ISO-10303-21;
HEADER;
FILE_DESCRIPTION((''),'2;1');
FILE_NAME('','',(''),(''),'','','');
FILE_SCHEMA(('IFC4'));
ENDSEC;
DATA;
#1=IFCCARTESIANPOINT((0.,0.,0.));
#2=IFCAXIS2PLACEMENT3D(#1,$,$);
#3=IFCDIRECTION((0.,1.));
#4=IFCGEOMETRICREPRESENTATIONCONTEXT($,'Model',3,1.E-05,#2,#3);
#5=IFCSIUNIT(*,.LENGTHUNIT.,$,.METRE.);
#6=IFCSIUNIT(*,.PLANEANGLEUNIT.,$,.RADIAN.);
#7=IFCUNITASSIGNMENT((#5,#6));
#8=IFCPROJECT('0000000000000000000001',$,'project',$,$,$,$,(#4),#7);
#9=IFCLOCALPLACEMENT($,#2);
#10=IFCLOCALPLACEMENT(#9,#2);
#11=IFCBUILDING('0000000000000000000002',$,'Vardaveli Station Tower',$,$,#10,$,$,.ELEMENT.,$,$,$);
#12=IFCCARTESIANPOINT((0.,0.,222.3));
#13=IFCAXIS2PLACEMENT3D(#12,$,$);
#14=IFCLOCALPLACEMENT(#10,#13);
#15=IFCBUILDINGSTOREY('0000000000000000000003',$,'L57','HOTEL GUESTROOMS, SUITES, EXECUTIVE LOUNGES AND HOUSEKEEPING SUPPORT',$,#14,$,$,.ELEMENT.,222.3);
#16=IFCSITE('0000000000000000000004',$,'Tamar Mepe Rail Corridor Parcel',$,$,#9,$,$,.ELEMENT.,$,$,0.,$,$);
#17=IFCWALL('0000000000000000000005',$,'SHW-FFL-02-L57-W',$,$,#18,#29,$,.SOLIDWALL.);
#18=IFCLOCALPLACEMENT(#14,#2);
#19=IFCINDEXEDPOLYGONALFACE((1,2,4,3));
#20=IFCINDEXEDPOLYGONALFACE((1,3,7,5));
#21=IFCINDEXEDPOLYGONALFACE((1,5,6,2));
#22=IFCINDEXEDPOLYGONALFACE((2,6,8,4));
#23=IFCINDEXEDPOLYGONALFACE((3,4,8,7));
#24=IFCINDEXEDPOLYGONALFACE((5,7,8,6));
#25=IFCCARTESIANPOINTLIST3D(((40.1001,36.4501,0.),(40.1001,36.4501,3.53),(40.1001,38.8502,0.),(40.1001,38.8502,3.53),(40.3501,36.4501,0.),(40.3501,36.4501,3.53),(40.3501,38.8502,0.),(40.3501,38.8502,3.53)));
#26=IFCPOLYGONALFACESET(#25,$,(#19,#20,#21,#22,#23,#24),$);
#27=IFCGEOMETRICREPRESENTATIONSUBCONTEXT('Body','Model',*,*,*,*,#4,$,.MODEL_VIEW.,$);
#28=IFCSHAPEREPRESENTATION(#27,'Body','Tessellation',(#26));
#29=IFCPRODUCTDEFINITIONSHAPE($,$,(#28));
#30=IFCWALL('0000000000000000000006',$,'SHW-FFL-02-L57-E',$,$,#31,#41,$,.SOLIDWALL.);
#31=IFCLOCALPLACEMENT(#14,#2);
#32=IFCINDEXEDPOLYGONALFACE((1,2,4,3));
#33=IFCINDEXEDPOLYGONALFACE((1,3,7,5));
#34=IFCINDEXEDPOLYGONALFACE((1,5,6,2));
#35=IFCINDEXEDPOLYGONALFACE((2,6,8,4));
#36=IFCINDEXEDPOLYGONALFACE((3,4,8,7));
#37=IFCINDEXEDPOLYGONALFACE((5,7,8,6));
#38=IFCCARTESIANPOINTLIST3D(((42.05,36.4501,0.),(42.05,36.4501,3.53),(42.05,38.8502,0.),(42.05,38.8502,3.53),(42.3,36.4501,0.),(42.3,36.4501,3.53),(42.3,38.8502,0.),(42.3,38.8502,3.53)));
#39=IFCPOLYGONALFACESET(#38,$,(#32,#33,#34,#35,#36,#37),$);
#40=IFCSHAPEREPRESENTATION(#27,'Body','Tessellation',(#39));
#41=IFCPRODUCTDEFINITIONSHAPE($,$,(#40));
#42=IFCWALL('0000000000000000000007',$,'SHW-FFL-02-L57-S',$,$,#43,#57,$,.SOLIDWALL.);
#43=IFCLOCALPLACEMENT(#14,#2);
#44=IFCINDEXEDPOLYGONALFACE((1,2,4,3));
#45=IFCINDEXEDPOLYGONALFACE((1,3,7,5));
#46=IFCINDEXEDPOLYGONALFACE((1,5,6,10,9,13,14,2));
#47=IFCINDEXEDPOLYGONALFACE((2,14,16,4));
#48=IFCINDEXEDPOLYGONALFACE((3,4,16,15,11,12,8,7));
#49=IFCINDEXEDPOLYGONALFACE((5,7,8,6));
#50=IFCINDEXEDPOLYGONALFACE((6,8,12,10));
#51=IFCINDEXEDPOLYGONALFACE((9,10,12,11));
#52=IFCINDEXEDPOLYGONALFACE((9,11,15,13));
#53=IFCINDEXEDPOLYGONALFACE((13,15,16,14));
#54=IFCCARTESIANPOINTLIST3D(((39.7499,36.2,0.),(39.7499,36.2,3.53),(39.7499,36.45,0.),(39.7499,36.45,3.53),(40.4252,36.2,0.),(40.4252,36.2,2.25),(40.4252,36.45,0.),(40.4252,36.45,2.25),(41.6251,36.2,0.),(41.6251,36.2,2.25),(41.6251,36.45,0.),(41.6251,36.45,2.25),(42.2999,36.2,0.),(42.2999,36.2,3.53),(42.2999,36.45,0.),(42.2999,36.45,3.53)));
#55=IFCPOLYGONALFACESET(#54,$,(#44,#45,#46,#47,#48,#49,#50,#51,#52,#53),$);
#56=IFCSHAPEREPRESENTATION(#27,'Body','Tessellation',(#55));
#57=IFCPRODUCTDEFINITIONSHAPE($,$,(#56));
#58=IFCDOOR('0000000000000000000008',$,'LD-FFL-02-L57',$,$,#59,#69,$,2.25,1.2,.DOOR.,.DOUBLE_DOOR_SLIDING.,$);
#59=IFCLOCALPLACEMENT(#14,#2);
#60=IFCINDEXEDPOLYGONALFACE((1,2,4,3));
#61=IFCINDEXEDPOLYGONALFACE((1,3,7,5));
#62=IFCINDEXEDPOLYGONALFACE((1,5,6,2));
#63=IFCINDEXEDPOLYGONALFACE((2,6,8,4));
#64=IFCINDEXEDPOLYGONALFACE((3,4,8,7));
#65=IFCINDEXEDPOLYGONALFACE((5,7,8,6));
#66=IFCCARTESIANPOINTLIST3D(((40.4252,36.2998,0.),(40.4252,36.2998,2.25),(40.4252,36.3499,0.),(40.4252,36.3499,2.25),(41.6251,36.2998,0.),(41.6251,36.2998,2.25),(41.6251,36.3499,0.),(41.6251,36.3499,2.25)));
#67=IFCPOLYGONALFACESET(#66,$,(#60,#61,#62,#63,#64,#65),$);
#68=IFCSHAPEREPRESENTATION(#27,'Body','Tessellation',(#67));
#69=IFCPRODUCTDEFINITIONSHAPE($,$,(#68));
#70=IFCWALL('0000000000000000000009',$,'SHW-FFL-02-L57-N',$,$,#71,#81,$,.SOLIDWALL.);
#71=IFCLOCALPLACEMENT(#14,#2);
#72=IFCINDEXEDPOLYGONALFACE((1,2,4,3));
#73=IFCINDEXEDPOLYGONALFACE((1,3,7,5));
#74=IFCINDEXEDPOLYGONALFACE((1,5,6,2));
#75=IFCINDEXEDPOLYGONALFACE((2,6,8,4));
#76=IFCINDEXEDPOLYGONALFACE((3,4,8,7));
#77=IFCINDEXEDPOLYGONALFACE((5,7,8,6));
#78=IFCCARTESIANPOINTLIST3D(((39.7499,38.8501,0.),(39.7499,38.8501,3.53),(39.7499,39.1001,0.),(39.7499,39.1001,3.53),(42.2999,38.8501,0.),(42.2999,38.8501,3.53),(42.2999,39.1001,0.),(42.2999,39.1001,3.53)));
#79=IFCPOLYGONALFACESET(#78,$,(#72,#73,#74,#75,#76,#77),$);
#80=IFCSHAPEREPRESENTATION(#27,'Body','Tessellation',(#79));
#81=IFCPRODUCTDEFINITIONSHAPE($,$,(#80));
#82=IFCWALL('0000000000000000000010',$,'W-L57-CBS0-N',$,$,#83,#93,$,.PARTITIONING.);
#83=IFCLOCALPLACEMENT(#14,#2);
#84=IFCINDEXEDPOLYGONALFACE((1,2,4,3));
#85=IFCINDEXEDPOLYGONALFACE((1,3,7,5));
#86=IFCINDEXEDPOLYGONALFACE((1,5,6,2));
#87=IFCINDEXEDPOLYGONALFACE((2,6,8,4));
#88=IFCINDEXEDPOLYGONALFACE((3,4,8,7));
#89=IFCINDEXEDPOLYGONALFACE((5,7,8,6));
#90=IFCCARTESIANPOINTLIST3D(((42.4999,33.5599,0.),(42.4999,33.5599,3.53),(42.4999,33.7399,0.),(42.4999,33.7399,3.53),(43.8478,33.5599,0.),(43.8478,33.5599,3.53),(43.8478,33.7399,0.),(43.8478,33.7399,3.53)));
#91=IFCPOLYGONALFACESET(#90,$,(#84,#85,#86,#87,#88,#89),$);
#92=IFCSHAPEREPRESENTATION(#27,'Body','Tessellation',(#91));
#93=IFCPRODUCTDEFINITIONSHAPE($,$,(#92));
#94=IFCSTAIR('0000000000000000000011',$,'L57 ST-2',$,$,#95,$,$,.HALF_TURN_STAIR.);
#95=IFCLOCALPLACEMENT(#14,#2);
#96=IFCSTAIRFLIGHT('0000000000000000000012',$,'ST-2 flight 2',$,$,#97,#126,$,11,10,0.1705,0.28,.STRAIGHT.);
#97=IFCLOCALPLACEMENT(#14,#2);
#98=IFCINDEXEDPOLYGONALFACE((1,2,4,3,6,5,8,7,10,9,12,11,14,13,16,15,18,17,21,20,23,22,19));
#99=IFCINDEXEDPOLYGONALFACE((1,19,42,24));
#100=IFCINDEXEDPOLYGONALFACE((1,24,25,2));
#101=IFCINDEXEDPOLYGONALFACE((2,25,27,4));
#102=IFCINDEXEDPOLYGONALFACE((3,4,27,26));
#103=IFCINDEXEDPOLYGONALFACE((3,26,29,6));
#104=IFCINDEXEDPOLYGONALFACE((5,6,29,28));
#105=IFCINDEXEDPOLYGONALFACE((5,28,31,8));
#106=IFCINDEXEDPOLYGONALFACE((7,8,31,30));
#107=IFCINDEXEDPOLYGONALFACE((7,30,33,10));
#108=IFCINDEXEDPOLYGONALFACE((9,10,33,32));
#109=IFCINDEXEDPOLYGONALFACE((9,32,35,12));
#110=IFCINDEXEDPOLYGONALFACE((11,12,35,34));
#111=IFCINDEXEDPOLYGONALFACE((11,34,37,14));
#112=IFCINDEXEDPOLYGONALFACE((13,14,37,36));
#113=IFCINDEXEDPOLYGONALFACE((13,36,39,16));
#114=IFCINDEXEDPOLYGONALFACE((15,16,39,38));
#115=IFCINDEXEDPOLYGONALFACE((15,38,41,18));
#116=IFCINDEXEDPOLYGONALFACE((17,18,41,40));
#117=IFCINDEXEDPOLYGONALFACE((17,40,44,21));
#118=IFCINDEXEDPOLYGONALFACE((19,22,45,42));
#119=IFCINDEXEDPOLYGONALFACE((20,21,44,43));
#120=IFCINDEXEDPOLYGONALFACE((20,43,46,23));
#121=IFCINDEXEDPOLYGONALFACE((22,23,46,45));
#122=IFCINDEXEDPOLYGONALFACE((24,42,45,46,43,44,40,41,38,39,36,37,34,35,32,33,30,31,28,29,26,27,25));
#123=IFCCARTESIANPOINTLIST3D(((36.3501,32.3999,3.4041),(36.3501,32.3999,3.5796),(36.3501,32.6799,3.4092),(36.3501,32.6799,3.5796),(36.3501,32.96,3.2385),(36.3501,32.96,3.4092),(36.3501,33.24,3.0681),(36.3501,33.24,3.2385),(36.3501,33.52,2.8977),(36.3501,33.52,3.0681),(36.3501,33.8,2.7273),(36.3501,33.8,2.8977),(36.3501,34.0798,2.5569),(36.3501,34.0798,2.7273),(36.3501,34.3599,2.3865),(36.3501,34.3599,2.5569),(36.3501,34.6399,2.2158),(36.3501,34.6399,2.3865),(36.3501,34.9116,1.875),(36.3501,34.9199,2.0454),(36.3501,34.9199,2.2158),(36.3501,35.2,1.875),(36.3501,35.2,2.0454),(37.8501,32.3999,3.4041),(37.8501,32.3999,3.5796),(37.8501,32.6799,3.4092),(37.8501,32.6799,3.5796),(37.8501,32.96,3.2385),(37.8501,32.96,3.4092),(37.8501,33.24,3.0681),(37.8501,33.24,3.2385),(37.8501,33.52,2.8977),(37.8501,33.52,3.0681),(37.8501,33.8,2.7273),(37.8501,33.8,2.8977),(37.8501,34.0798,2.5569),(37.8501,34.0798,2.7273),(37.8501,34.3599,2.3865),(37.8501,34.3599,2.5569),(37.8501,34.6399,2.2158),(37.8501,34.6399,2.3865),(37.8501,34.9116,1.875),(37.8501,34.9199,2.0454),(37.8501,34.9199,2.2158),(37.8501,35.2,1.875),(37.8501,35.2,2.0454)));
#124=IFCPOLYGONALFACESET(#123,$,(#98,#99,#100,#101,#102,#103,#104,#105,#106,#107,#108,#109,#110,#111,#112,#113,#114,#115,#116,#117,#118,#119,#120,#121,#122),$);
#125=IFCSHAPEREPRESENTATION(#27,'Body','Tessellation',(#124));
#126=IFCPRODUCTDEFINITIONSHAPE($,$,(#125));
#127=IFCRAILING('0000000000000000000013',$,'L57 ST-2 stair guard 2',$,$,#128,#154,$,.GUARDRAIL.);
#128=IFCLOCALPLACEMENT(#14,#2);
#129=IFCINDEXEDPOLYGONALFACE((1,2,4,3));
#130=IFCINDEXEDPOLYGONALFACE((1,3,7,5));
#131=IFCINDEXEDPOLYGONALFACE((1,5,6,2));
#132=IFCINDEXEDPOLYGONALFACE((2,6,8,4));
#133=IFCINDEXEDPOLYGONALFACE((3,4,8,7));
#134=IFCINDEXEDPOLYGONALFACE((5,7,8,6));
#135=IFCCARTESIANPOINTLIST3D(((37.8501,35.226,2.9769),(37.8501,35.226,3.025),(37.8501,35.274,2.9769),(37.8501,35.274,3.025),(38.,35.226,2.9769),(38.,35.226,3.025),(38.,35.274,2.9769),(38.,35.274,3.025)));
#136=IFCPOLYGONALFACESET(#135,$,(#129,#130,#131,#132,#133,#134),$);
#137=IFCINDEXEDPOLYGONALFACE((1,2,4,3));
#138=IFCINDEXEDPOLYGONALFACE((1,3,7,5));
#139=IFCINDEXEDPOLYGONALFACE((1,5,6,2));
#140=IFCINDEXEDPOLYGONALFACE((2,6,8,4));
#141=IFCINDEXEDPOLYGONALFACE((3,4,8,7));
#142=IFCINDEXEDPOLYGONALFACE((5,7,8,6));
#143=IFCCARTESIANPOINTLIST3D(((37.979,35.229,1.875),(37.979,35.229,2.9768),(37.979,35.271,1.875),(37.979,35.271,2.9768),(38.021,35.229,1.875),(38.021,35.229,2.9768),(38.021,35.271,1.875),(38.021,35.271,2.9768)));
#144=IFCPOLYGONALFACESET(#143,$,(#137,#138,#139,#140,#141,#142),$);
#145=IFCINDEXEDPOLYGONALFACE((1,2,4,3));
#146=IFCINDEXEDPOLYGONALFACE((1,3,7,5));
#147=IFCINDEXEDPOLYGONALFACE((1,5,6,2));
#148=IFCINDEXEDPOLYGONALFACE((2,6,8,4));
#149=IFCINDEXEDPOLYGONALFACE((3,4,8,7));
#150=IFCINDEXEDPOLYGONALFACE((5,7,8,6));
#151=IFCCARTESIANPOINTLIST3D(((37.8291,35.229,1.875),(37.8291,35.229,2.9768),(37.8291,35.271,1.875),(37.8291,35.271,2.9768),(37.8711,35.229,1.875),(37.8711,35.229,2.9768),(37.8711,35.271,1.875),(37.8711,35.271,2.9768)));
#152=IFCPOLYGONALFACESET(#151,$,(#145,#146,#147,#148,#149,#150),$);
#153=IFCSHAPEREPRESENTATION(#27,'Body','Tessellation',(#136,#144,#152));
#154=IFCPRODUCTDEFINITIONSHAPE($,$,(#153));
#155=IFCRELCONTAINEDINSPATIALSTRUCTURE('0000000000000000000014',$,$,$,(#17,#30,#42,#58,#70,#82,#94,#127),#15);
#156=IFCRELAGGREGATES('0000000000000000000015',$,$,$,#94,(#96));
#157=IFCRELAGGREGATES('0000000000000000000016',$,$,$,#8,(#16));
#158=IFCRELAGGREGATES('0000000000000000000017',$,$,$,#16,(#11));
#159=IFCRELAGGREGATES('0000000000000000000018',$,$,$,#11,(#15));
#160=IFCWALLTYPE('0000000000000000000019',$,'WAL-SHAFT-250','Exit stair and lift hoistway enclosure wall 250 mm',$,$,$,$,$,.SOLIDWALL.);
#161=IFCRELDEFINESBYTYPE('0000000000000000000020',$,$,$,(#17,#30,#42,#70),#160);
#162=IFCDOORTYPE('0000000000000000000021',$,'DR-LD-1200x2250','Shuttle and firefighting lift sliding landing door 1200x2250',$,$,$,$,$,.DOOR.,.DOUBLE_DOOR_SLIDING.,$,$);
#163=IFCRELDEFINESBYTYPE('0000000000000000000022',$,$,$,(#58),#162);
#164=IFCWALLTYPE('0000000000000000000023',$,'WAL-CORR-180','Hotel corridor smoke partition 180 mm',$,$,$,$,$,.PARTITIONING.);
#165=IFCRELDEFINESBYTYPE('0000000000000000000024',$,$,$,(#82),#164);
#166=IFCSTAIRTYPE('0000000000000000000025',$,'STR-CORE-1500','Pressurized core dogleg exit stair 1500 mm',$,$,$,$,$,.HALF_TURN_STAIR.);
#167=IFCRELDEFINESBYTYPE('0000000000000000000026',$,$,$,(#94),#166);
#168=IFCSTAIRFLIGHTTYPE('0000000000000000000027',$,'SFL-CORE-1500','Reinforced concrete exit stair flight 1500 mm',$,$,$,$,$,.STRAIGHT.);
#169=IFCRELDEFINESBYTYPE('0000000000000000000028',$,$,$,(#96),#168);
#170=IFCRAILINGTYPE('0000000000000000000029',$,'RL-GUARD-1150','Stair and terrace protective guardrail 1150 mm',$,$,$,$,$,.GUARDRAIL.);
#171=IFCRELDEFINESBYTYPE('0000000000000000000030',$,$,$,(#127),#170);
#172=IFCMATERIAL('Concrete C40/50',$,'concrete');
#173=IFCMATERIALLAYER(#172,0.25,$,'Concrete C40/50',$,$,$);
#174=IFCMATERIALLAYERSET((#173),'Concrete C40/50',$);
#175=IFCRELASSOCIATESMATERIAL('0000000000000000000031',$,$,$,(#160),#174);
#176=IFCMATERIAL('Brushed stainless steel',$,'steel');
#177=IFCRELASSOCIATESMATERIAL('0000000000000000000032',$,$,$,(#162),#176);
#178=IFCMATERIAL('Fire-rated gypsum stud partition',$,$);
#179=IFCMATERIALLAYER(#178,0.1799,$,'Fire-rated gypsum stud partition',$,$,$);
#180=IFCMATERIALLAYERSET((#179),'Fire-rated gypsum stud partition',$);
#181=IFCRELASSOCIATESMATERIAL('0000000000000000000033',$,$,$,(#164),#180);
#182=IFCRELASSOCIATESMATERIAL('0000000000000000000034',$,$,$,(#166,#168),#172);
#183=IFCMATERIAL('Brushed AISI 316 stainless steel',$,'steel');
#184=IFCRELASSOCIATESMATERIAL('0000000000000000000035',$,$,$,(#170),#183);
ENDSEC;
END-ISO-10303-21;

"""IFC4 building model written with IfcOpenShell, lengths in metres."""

from ifc_helpers import new_model, si_unit, direction, frame, frame_2d, origin, origin_2d, place, context, subcontext, project, spatial, polyline, rectangle, outline, extrude, source, transform, mapped, material, layer, layer_set, type_object, element, fill, aggregate, save


model = new_model("IFC4")

# Units and contexts
model_context = context("Model", 3, precision=1e-05, world=origin(), true_north=direction((0.0, 1.0)))
body_context = subcontext(model_context, "Body", "Model", "MODEL_VIEW")
ifc_project = project(units=[si_unit("LENGTHUNIT", "METRE"), si_unit("PLANEANGLEUNIT", "RADIAN")], contexts=[model_context])

# Site, building, storey
site_placement = place(None, origin())
site = spatial("IfcSite", under=ifc_project, at=site_placement, Name="Tamar Mepe Rail Corridor Parcel", CompositionType="ELEMENT", RefElevation=0.0)
building_placement = place(site_placement, origin())
building = spatial("IfcBuilding", under=site, at=building_placement, Name="Vardaveli Station Tower", CompositionType="ELEMENT")
storey_placement = place(building_placement, frame((0.0, 0.0, 222.3)))
storey = spatial("IfcBuildingStorey", under=building, at=storey_placement, Name="L57", Description="HOTEL GUESTROOMS, SUITES, EXECUTIVE LOUNGES AND HOUSEKEEPING SUPPORT", CompositionType="ELEMENT", Elevation=222.3)

# Walls
ifc_material_1 = material(Name="Concrete C40/50", Category="concrete")
ifc_layer_1 = layer(ifc_material_1, 0.25, Name="Concrete C40/50")
ifc_layer_set_1 = layer_set([ifc_layer_1], Name="Concrete C40/50")
wall_type_1 = type_object("IfcWallType", Name="WAL-SHAFT-250", Description="Exit stair and lift hoistway enclosure wall 250 mm", PredefinedType="SOLIDWALL", material=ifc_layer_set_1)
shared_shape_1 = source(origin(), body_context, "Body", "SweptSolid", [
    extrude(rectangle(XDim=2.4001, YDim=0.25, at=frame_2d((1.2002, 0.0))), origin(), (0.0, 0.0, 1.0), 3.53),
])
for number, where, z_axis, x_axis, name in (
    (1, (40.2251, 36.45, 0.0), (0.0, 0.0, 1.0), (0.0, 1.0, 0.0), "SHW-FFL-02-L57-W"),
    (2, (42.175, 36.45, 0.0), (0.0, 0.0, 1.0), (0.0, 1.0, 0.0), "SHW-FFL-02-L57-E"),
):
    element("IfcWall", number, at=place(storey_placement, frame(where, z_axis=z_axis, x_axis=x_axis)), inside=storey, type_object=wall_type_1, Name=name, PredefinedType="SOLIDWALL", context=body_context, shape_type="MappedRepresentation", body=[
        mapped(shared_shape_1, transform((0.0, 0.0, 0.0), scale=1.0)),
    ])

# Wall, opening, door
shared_shape_2 = source(origin(), body_context, "Body", "SweptSolid", [
    extrude(rectangle(XDim=2.55, YDim=0.25, at=frame_2d((1.2749, 0.0))), origin(), (0.0, 0.0, 1.0), 3.53),
])
wall_1_placement = place(storey_placement, frame((39.75, 36.325, 0.0), z_axis=(0.0, 0.0, 1.0), x_axis=(1.0, 0.0, 0.0)))
wall_1 = element("IfcWall", 3, at=wall_1_placement, inside=storey, type_object=wall_type_1, Name="SHW-FFL-02-L57-S", PredefinedType="SOLIDWALL", context=body_context, shape_type="MappedRepresentation", body=[
    mapped(shared_shape_2, transform((0.0, 0.0, 0.0), scale=1.0)),
])
shared_shape_3 = source(origin(), body_context, "Body", "SweptSolid", [
    extrude(rectangle(XDim=1.2, YDim=2.25, at=frame_2d((0.6001, 1.125))), frame((0.0, 0.135, 0.0), z_axis=(0.0, -1.0, 0.0), x_axis=(1.0, 0.0, 0.0)), (0.0, 0.0, 1.0), 0.27),
])
opening_placement = place(wall_1_placement, frame((0.675, 0.0, 0.0)))
opening = element("IfcOpeningElement", 4, at=opening_placement, cuts=wall_1, PredefinedType="OPENING", context=body_context, shape_type="MappedRepresentation", body=[
    mapped(shared_shape_3, transform((0.0, 0.0, 0.0), scale=1.0)),
])
ifc_material_2 = material(Name="Brushed stainless steel", Category="steel")
door_type = type_object("IfcDoorType", Name="DR-LD-1200x2250", Description="Shuttle and firefighting lift sliding landing door 1200x2250", OperationType="DOUBLE_DOOR_SLIDING", PredefinedType="DOOR", material=ifc_material_2)
shared_shape_4 = source(origin(), body_context, "Body", "SweptSolid", [
    extrude(rectangle(XDim=1.2, YDim=2.25, at=frame_2d((0.6001, 1.125))), frame((0.0, 0.0249, 0.0), z_axis=(0.0, -1.0, 0.0), x_axis=(1.0, 0.0, 0.0)), (0.0, 0.0, 1.0), 0.05),
])
door_placement = place(opening_placement, origin())
door = element("IfcDoor", 5, at=door_placement, inside=storey, type_object=door_type, Name="LD-FFL-02-L57", OperationType="DOUBLE_DOOR_SLIDING", OverallHeight=2.25, OverallWidth=1.2, PredefinedType="DOOR", context=body_context, shape_type="MappedRepresentation", body=[
    mapped(shared_shape_4, transform((0.0, 0.0, 0.0), scale=1.0)),
])
fill(opening, door)

# Walls
wall_2_placement = place(storey_placement, frame((39.75, 38.9751, 0.0), z_axis=(0.0, 0.0, 1.0), x_axis=(1.0, 0.0, 0.0)))
element("IfcWall", 6, at=wall_2_placement, inside=storey, type_object=wall_type_1, Name="SHW-FFL-02-L57-N", PredefinedType="SOLIDWALL", context=body_context, shape_type="MappedRepresentation", body=[
    mapped(shared_shape_2, transform((0.0, 0.0, 0.0), scale=1.0)),
])
ifc_material_3 = material(Name="Fire-rated gypsum stud partition")
ifc_layer_2 = layer(ifc_material_3, 0.1799, Name="Fire-rated gypsum stud partition")
ifc_layer_set_2 = layer_set([ifc_layer_2], Name="Fire-rated gypsum stud partition")
wall_type_2 = type_object("IfcWallType", Name="WAL-CORR-180", Description="Hotel corridor smoke partition 180 mm", PredefinedType="PARTITIONING", material=ifc_layer_set_2)
shared_shape_5 = source(origin(), body_context, "Body", "SweptSolid", [
    extrude(rectangle(XDim=1.3479, YDim=0.1799, at=frame_2d((0.6738, 0.0))), origin(), (0.0, 0.0, 1.0), 3.53),
])
wall_3_placement = place(storey_placement, frame((42.5, 33.6499, 0.0), z_axis=(0.0, 0.0, 1.0), x_axis=(1.0, 0.0, 0.0)))
element("IfcWall", 7, at=wall_3_placement, inside=storey, type_object=wall_type_2, Name="W-L57-CBS0-N", PredefinedType="PARTITIONING", context=body_context, shape_type="MappedRepresentation", body=[
    mapped(shared_shape_5, transform((0.0, 0.0, 0.0), scale=1.0)),
])

# Stair, stair flight
stair_type = type_object("IfcStairType", Name="STR-CORE-1500", Description="Pressurized core dogleg exit stair 1500 mm", PredefinedType="HALF_TURN_STAIR", material=ifc_material_1)
stair_placement = place(storey_placement, origin())
stair = element("IfcStair", 8, at=stair_placement, inside=storey, type_object=stair_type, Name="L57 ST-2", PredefinedType="HALF_TURN_STAIR")
stair_flight_type = type_object("IfcStairFlightType", Name="SFL-CORE-1500", Description="Reinforced concrete exit stair flight 1500 mm", PredefinedType="STRAIGHT", material=ifc_material_1)
shared_shape_6 = source(origin(), body_context, "Body", "SweptSolid", [
    extrude(outline(polyline([(0.0, 0.0), (0.0, 0.1704), (0.28, 0.1704), (0.28, 0.3408), (0.5601, 0.3408), (0.5601, 0.5115), (0.8401, 0.5115), (0.8401, 0.6819), (1.1201, 0.6819), (1.1201, 0.8523), (1.3999, 0.8523), (1.3999, 1.0227), (1.6799, 1.0227), (1.6799, 1.1931), (1.96, 1.1931), (1.96, 1.3635), (2.24, 1.3635), (2.24, 1.5342), (2.52, 1.5342), (2.52, 1.7046), (2.8, 1.7046), (2.8, 1.875), (2.8, 1.5291), (0.2883, 0.0), (0.0, 0.0)])), frame((0.0, 0.75, 0.0), z_axis=(0.0, -1.0, 0.0), x_axis=(1.0, 0.0, 0.0)), (0.0, 0.0, 1.0), 1.5),
])
stair_flight_placement = place(storey_placement, frame((37.1001, 35.2, 1.875), z_axis=(0.0, 0.0, 1.0), x_axis=(0.0, -1.0, 0.0)))
stair_flight = element("IfcStairFlight", 9, at=stair_flight_placement, type_object=stair_flight_type, Name="ST-2 flight 2", NumberOfRisers=11, NumberOfTreads=10, PredefinedType="STRAIGHT", RiserHeight=0.1705, TreadLength=0.28, context=body_context, shape_type="MappedRepresentation", body=[
    mapped(shared_shape_6, transform((0.0, 0.0, 0.0), scale=1.0)),
])
aggregate(stair, [stair_flight])

# Railing
ifc_material_4 = material(Name="Brushed AISI 316 stainless steel", Category="steel")
railing_type_1 = type_object("IfcRailingType", Name="RL-GUARD-1150", Description="Stair and terrace protective guardrail 1150 mm", PredefinedType="GUARDRAIL", material=ifc_material_4)
shared_shape_7 = source(origin(), body_context, "Body", "SweptSolid", [
    extrude(rectangle(XDim=0.0481, YDim=0.0481, at=origin_2d()), frame((0.0, 0.0, 1.126), z_axis=(-1.0, 0.0, 0.0), x_axis=(0.0, -1.0, 0.0)), (0.0, 0.0, 1.0), 0.1499),
    extrude(rectangle(XDim=0.042, YDim=0.042, at=origin_2d()), origin(), (0.0, 0.0, 1.0), 1.1018),
    extrude(rectangle(XDim=0.042, YDim=0.042, at=origin_2d()), frame((-0.1499, 0.0, 0.0)), (0.0, 0.0, 1.0), 1.1018),
])
railing_1_placement = place(storey_placement, frame((38.0, 35.25, 1.875)))
element("IfcRailing", 10, at=railing_1_placement, inside=storey, type_object=railing_type_1, Name="L57 ST-2 stair guard 2", PredefinedType="GUARDRAIL", context=body_context, shape_type="MappedRepresentation", body=[
    mapped(shared_shape_7, transform((0.0, 0.0, 0.0), scale=1.0)),
])

save(model, "model.ifc")
